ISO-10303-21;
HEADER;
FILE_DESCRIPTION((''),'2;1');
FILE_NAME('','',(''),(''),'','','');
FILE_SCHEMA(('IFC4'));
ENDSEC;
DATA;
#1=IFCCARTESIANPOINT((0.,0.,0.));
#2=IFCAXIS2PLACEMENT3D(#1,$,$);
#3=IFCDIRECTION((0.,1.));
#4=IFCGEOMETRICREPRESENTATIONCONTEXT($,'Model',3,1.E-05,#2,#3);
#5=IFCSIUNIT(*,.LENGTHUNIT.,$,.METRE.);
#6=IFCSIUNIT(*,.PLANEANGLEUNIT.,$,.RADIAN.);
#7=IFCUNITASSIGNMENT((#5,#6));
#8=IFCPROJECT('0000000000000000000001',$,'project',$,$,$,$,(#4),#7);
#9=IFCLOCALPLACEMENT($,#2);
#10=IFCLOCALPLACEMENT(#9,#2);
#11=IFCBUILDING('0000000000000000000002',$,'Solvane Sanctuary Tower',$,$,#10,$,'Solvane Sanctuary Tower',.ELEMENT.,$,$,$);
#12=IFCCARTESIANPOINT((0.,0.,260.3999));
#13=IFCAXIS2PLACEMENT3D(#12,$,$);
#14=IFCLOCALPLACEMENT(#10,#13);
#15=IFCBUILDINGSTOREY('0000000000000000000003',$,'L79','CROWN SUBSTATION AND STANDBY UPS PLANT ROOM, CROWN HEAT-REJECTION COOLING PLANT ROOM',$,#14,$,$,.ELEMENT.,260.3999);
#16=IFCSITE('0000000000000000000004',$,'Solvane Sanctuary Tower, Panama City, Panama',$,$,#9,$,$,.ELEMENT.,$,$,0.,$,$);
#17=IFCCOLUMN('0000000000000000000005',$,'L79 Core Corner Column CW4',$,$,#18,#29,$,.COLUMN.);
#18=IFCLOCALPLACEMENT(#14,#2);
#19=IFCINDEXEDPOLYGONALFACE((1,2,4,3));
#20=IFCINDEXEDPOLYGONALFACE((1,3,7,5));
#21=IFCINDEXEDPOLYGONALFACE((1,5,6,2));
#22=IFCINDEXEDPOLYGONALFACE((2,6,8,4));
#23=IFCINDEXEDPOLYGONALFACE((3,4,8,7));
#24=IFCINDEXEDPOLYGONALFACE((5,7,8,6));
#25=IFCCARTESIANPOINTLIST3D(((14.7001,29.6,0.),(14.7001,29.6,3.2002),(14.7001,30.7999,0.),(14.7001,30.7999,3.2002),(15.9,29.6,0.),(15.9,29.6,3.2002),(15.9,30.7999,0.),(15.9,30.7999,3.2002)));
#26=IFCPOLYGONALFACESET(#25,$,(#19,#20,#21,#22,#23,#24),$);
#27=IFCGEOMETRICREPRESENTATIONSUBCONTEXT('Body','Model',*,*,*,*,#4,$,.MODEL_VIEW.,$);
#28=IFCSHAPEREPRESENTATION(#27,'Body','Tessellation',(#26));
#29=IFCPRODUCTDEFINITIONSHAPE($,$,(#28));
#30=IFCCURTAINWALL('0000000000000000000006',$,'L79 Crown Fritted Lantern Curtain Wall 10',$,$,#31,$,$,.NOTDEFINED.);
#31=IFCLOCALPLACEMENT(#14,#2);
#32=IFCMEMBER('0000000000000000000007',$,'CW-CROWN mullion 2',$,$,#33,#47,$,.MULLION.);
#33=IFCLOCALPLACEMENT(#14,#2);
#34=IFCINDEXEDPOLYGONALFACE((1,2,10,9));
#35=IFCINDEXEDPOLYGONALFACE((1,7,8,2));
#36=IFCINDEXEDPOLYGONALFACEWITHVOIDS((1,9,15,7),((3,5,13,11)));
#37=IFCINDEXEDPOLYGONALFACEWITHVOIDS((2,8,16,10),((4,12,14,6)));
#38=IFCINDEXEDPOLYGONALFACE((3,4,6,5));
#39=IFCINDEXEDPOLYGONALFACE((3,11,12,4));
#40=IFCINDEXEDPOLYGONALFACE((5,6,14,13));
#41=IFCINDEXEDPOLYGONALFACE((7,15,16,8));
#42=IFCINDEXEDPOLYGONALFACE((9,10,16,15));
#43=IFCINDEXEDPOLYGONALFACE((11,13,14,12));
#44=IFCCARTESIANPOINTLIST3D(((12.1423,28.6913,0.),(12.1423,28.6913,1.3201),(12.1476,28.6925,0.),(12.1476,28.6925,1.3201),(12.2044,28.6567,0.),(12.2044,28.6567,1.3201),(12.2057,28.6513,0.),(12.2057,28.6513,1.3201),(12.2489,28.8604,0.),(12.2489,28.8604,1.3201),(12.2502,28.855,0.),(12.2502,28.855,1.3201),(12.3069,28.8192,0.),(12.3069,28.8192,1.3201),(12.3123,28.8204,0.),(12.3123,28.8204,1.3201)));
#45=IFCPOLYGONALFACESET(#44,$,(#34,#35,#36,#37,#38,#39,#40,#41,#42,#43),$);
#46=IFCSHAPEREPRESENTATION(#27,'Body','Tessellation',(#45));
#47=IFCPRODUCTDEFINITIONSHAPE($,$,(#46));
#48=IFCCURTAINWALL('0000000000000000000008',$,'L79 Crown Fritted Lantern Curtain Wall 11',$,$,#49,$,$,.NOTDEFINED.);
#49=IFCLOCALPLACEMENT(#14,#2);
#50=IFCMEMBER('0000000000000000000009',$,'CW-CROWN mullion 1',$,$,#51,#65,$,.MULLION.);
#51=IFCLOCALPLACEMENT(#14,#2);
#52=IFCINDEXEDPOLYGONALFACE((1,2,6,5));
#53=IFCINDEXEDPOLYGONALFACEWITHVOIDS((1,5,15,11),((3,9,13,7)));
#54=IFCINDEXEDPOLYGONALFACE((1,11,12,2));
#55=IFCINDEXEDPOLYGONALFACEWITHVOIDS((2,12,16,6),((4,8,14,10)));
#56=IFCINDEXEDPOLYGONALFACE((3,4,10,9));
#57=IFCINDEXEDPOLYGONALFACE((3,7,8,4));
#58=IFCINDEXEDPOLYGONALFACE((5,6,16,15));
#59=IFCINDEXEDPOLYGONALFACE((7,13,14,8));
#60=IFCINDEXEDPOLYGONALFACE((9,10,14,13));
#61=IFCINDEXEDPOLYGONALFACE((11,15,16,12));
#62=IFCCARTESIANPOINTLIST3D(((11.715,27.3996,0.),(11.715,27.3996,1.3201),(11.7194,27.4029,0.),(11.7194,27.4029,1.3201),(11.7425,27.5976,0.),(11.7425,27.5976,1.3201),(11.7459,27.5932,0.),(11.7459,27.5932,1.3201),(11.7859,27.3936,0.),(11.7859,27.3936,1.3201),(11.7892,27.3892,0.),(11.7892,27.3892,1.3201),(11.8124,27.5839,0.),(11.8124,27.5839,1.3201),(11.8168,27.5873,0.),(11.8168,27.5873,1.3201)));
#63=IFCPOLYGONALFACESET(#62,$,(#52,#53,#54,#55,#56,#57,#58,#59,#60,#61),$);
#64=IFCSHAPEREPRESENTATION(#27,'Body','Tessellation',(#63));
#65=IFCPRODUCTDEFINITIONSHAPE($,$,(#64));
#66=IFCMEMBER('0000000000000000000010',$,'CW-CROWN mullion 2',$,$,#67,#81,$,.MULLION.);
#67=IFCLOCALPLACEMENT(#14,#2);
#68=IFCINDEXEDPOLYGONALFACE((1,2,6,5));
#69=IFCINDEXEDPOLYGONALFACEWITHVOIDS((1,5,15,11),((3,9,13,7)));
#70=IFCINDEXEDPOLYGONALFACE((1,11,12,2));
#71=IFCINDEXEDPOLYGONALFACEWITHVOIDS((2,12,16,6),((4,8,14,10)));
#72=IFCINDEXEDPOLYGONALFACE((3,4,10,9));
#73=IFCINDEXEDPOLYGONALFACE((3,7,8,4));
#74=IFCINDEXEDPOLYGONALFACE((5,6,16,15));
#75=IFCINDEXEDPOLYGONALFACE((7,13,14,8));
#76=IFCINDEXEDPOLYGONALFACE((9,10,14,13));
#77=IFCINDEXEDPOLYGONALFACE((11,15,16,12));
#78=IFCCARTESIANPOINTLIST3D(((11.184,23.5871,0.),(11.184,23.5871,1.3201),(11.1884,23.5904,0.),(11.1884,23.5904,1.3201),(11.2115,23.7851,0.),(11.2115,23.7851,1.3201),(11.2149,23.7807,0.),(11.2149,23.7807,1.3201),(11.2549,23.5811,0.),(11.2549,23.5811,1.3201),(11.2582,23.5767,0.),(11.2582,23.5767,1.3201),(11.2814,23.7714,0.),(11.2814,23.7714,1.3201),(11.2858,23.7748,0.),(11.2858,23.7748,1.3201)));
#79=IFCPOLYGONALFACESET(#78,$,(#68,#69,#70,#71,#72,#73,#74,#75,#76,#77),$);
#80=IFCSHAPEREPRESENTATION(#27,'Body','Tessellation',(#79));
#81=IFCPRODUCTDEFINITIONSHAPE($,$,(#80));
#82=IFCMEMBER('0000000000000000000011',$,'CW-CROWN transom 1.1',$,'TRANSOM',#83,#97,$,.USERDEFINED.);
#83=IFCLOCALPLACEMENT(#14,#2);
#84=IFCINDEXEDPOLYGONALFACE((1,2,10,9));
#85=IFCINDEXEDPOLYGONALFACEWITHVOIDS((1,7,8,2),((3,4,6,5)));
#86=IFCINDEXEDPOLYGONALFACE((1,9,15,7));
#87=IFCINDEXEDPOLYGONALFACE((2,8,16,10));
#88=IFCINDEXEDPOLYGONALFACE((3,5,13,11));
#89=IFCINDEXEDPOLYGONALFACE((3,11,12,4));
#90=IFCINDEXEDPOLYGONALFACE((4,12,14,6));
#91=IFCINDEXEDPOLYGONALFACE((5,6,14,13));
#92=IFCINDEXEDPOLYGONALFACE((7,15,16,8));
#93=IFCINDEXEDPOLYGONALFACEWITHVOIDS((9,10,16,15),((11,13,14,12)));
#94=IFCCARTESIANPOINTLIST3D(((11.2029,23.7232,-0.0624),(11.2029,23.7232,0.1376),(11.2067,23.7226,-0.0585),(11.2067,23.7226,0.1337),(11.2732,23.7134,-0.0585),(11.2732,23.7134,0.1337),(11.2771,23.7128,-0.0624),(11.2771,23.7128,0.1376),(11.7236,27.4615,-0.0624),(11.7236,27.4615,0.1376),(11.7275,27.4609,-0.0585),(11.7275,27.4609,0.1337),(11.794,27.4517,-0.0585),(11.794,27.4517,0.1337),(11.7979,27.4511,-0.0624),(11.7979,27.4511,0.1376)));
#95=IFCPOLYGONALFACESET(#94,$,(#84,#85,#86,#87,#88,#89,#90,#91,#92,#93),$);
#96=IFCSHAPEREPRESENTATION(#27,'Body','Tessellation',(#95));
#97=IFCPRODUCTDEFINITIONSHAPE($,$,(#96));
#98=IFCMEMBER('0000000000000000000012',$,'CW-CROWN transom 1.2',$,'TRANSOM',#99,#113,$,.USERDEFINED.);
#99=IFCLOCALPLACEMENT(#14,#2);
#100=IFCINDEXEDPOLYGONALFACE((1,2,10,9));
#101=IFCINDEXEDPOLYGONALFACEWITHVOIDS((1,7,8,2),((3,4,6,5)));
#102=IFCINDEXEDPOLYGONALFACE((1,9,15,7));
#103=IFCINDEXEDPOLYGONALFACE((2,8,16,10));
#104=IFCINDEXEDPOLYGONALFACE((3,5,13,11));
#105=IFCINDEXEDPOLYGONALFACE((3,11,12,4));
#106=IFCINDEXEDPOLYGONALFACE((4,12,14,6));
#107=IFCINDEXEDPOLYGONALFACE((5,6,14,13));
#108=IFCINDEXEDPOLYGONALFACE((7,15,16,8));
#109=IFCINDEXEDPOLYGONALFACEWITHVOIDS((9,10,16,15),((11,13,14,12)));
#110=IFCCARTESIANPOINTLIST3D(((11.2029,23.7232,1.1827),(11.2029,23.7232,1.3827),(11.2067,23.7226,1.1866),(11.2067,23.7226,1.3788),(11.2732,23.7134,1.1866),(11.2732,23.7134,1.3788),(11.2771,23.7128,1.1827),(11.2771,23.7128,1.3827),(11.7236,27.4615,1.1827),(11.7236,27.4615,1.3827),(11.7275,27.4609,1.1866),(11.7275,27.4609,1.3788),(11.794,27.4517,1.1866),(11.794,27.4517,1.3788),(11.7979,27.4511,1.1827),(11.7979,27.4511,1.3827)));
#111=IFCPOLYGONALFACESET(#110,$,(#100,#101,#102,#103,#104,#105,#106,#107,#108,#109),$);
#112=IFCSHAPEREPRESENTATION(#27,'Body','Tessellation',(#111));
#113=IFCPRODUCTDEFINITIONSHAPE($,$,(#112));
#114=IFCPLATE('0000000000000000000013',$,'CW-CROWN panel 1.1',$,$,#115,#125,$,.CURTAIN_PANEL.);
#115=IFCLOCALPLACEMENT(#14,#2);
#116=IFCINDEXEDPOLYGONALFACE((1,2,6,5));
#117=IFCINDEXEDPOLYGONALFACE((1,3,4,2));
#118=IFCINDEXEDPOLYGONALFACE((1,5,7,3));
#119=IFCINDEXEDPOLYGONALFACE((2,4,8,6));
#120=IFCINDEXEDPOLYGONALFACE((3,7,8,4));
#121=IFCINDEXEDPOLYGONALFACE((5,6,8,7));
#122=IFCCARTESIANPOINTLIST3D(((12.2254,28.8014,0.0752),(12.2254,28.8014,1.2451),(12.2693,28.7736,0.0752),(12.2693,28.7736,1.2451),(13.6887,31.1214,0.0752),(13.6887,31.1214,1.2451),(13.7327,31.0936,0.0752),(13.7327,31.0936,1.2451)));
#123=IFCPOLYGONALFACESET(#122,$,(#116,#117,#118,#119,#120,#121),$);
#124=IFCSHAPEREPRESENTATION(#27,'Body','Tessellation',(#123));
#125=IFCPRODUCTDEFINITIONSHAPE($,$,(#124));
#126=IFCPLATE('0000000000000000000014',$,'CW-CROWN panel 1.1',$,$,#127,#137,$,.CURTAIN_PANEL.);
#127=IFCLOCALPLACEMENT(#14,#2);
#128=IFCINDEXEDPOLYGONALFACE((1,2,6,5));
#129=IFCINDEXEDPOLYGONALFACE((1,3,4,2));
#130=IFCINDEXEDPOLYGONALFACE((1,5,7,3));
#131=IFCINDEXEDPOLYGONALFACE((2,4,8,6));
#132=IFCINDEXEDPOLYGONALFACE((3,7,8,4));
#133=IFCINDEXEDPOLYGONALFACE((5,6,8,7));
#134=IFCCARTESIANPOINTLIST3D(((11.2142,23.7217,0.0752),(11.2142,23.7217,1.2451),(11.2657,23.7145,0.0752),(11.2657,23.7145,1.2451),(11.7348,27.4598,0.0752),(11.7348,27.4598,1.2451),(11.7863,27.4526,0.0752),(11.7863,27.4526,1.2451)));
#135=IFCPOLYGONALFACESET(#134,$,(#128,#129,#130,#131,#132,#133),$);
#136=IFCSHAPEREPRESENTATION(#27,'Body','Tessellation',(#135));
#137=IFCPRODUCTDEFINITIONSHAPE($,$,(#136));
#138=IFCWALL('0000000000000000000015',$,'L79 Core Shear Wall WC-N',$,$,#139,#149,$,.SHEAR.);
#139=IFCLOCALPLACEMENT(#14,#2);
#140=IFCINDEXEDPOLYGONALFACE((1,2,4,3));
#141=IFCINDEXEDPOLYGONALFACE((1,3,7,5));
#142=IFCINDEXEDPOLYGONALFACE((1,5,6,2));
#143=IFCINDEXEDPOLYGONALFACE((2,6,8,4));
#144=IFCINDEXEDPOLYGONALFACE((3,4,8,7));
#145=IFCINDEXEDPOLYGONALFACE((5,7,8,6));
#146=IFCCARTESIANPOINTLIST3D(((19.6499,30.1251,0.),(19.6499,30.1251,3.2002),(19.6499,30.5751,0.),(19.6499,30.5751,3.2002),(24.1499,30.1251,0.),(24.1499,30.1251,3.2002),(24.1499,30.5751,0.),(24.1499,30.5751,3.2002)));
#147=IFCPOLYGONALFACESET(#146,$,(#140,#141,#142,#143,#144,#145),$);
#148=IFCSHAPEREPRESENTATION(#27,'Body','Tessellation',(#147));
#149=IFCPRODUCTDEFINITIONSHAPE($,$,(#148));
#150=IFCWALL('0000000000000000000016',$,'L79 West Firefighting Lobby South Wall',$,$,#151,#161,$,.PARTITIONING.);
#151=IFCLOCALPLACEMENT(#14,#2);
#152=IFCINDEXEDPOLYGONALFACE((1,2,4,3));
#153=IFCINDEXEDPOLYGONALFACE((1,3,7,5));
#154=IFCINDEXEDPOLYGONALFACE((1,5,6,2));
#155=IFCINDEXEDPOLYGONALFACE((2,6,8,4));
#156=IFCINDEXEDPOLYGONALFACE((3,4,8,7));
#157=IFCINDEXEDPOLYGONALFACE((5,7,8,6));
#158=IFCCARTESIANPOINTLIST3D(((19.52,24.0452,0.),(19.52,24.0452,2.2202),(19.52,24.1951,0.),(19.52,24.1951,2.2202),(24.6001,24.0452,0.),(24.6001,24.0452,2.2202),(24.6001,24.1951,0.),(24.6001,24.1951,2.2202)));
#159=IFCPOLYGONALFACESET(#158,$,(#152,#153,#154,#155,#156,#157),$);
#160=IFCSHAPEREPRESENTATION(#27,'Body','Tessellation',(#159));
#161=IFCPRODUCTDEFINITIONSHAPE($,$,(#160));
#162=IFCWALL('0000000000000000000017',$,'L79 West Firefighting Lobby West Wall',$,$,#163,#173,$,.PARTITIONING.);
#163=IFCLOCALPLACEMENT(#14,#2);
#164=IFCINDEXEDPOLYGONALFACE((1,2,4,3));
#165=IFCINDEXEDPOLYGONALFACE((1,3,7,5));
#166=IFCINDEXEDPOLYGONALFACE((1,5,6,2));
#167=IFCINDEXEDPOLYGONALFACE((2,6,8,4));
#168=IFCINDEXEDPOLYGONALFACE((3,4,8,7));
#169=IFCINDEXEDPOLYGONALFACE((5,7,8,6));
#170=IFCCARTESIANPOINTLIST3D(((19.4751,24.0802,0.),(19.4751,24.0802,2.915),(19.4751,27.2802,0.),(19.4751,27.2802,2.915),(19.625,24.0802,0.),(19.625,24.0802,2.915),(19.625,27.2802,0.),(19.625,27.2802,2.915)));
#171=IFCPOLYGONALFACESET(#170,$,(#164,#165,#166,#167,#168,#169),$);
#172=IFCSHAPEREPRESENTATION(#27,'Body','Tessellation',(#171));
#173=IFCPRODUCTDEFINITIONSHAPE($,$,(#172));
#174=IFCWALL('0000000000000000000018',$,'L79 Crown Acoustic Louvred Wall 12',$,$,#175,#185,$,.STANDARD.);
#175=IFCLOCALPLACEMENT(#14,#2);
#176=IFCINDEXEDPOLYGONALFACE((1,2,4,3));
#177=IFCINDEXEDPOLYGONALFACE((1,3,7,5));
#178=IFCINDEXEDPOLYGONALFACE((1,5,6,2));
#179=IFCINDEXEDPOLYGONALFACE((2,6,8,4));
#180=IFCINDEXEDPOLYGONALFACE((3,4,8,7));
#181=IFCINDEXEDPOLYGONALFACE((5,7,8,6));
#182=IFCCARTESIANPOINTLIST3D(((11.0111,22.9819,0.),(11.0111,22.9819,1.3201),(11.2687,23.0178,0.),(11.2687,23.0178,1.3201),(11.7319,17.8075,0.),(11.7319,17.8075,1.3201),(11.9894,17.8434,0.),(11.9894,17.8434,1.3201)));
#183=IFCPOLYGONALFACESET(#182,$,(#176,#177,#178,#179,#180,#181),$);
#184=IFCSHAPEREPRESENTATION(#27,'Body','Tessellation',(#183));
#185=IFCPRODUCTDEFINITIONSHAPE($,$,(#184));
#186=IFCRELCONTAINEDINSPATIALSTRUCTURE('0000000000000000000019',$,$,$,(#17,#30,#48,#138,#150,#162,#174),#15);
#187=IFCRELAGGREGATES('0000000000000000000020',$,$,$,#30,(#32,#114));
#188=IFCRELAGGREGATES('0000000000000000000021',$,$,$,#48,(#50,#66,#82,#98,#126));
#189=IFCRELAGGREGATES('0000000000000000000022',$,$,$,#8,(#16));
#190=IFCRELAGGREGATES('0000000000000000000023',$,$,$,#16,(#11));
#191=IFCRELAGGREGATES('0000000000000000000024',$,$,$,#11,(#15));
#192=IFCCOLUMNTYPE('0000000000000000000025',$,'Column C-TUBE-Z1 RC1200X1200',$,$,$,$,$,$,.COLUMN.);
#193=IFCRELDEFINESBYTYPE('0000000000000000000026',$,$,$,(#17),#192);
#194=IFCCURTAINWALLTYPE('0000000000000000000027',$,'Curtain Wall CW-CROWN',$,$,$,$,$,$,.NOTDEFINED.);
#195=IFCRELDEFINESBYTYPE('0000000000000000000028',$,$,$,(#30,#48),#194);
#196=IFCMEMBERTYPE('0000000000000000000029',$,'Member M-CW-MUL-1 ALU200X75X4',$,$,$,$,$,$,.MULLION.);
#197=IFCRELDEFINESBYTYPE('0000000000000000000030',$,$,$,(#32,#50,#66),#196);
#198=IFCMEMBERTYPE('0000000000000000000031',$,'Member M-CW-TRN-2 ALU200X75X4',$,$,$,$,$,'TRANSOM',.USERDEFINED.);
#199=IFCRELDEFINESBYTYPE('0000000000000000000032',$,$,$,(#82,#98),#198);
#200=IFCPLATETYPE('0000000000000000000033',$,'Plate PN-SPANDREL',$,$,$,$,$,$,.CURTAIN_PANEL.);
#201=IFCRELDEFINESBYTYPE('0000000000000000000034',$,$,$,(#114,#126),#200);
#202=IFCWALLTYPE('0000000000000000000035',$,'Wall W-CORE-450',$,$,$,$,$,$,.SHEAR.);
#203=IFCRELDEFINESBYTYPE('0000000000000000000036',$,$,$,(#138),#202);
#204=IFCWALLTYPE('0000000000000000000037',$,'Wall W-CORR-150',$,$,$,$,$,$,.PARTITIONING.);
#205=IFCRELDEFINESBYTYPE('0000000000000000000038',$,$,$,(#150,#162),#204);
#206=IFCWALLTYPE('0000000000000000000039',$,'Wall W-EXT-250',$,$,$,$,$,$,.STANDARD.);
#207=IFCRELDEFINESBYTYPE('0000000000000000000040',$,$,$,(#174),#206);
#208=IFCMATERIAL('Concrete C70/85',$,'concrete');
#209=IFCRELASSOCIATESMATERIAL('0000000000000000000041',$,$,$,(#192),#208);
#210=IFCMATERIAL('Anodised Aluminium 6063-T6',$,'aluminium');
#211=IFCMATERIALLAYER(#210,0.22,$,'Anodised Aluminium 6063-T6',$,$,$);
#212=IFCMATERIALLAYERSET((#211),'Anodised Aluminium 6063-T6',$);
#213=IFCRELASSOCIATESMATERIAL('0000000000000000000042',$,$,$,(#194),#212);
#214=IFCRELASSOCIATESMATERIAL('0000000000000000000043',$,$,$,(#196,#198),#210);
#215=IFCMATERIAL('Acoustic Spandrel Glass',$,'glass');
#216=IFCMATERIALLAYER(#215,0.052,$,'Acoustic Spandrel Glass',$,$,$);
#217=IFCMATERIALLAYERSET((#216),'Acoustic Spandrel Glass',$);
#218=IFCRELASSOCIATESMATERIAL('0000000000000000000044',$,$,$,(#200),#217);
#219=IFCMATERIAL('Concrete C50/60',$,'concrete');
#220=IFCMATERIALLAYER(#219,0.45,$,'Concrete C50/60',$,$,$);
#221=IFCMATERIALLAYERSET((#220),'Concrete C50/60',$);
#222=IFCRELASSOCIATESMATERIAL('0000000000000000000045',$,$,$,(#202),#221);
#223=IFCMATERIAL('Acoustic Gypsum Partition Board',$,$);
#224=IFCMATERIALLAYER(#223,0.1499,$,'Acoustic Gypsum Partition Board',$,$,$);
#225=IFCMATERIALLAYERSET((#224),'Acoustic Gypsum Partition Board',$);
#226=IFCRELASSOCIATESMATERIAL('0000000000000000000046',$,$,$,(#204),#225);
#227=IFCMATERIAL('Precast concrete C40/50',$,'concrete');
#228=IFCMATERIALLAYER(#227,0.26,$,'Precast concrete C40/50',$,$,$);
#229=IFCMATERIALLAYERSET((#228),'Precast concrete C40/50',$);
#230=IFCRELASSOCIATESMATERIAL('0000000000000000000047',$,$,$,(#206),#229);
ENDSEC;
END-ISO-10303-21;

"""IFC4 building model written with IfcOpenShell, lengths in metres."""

from ifc_helpers import new_model, si_unit, direction, frame, frame_2d, origin, origin_2d, place, context, subcontext, project, spatial, rectangle, hollow_rectangle, extrude, material, layer, layer_set, material_profile, profile_set, type_object, element, aggregate, save


model = new_model("IFC4")

# Units and contexts
model_context = context("Model", 3, precision=1e-05, world=origin(), true_north=direction((0.0, 1.0)))
body_context = subcontext(model_context, "Body", "Model", "MODEL_VIEW")
ifc_project = project(units=[si_unit("LENGTHUNIT", "METRE"), si_unit("PLANEANGLEUNIT", "RADIAN")], contexts=[model_context])

# Site, building, storey
site_placement = place(None, origin())
site = spatial("IfcSite", under=ifc_project, at=site_placement, Name="Solvane Sanctuary Tower, Panama City, Panama", CompositionType="ELEMENT", RefElevation=0.0)
building_placement = place(site_placement, origin())
building = spatial("IfcBuilding", under=site, at=building_placement, Name="Solvane Sanctuary Tower", LongName="Solvane Sanctuary Tower", CompositionType="ELEMENT")
storey_placement = place(building_placement, frame((0.0, 0.0, 260.3999)))
storey = spatial("IfcBuildingStorey", under=building, at=storey_placement, Name="L79", Description="CROWN SUBSTATION AND STANDBY UPS PLANT ROOM, CROWN HEAT-REJECTION COOLING PLANT ROOM", CompositionType="ELEMENT", Elevation=260.3999)

# Column
ifc_material_1 = material(Name="Concrete C70/85", Category="concrete")
ifc_material_profile_1 = material_profile(ifc_material_1, rectangle(XDim=1.2, YDim=1.2, at=origin_2d()), Name="RC1200X1200")
ifc_profile_set_1 = profile_set([ifc_material_profile_1], Name="Concrete C70/85")
column_type = type_object("IfcColumnType", Name="Column C-TUBE-Z1 RC1200X1200", PredefinedType="COLUMN", material=ifc_profile_set_1)
column_placement = place(storey_placement, frame((15.3, 30.2, 0.0), z_axis=(0.0, 0.0, 1.0), x_axis=(1.0, 0.0, 0.0)))
element("IfcColumn", 1, at=column_placement, inside=storey, type_object=column_type, Name="L79 Core Corner Column CW4", PredefinedType="COLUMN", context=body_context, shape_type="SweptSolid", body=[
    extrude(rectangle(XDim=1.2, YDim=1.2, at=origin_2d()), origin(), (0.0, 0.0, 1.0), 3.2002),
])

# Curtain wall, member
ifc_material_2 = material(Name="Anodised Aluminium 6063-T6", Category="aluminium")
ifc_layer_1 = layer(ifc_material_2, 0.22, Name="Anodised Aluminium 6063-T6")
ifc_layer_set_1 = layer_set([ifc_layer_1], Name="Anodised Aluminium 6063-T6")
curtain_wall_type = type_object("IfcCurtainWallType", Name="Curtain Wall CW-CROWN", PredefinedType="NOTDEFINED", material=ifc_layer_set_1)
curtain_wall_1_placement = place(storey_placement, origin())
curtain_wall_1 = element("IfcCurtainWall", 2, at=curtain_wall_1_placement, inside=storey, type_object=curtain_wall_type, Name="L79 Crown Fritted Lantern Curtain Wall 10", PredefinedType="NOTDEFINED")
ifc_material_profile_2 = material_profile(ifc_material_2, hollow_rectangle(XDim=0.075, YDim=0.2, WallThickness=0.0039, at=origin_2d()), Name="ALU200X75X4")
ifc_profile_set_2 = profile_set([ifc_material_profile_2], Name="Anodised Aluminium 6063-T6")
member_type_1 = type_object("IfcMemberType", Name="Member M-CW-MUL-1 ALU200X75X4", PredefinedType="MULLION", material=ifc_profile_set_2)
member_1_placement = place(storey_placement, frame((12.2273, 28.7559, 0.0), z_axis=(0.0, 0.0, 1.0), x_axis=(0.845808, -0.533487, 0.0)))
member_1 = element("IfcMember", 3, at=member_1_placement, type_object=member_type_1, Name="CW-CROWN mullion 2", PredefinedType="MULLION", context=body_context, shape_type="SweptSolid", body=[
    extrude(hollow_rectangle(XDim=0.075, YDim=0.2, WallThickness=0.0039, at=origin_2d()), origin(), (0.0, 0.0, 1.0), 1.3201),
])

# Curtain wall, members
curtain_wall_2_placement = place(storey_placement, origin())
curtain_wall_2 = element("IfcCurtainWall", 4, at=curtain_wall_2_placement, inside=storey, type_object=curtain_wall_type, Name="L79 Crown Fritted Lantern Curtain Wall 11", PredefinedType="NOTDEFINED")
member_2_placement = place(storey_placement, frame((11.7659, 27.4934, 0.0), z_axis=(0.0, 0.0, 1.0), x_axis=(0.990441, -0.137939, 0.0)))
member_2 = element("IfcMember", 5, at=member_2_placement, type_object=member_type_1, Name="CW-CROWN mullion 1", PredefinedType="MULLION", context=body_context, shape_type="SweptSolid", body=[
    extrude(hollow_rectangle(XDim=0.075, YDim=0.2, WallThickness=0.0039, at=origin_2d()), origin(), (0.0, 0.0, 1.0), 1.3201),
])
member_3_placement = place(storey_placement, frame((11.2349, 23.6809, 0.0), z_axis=(0.0, 0.0, 1.0), x_axis=(0.990441, -0.137939, 0.0)))
member_3 = element("IfcMember", 6, at=member_3_placement, type_object=member_type_1, Name="CW-CROWN mullion 2", PredefinedType="MULLION", context=body_context, shape_type="SweptSolid", body=[
    extrude(hollow_rectangle(XDim=0.075, YDim=0.2, WallThickness=0.0039, at=origin_2d()), origin(), (0.0, 0.0, 1.0), 1.3201),
])
ifc_material_profile_3 = material_profile(ifc_material_2, hollow_rectangle(XDim=0.075, YDim=0.2, WallThickness=0.0039, at=origin_2d()), Name="ALU200X75X4")
ifc_profile_set_3 = profile_set([ifc_material_profile_3], Name="Anodised Aluminium 6063-T6")
member_type_2 = type_object("IfcMemberType", Name="Member M-CW-TRN-2 ALU200X75X4", ElementType="TRANSOM", PredefinedType="USERDEFINED", material=ifc_profile_set_3)
member_4_placement = place(storey_placement, frame((11.7607, 27.4563, 0.0376), z_axis=(-0.13797, -0.990436, 0.0), x_axis=(0.990436, -0.13797, 0.0)))
member_4 = element("IfcMember", 7, at=member_4_placement, type_object=member_type_2, Name="CW-CROWN transom 1.1", ObjectType="TRANSOM", PredefinedType="USERDEFINED", context=body_context, shape_type="SweptSolid", body=[
    extrude(hollow_rectangle(XDim=0.075, YDim=0.2, WallThickness=0.0039, at=origin_2d()), origin(), (0.0, 0.0, 1.0), 3.7744),
])
member_5_placement = place(storey_placement, frame((11.7607, 27.4563, 1.2827), z_axis=(-0.13797, -0.990436, 0.0), x_axis=(0.990436, -0.13797, 0.0)))
member_5 = element("IfcMember", 8, at=member_5_placement, type_object=member_type_2, Name="CW-CROWN transom 1.2", ObjectType="TRANSOM", PredefinedType="USERDEFINED", context=body_context, shape_type="SweptSolid", body=[
    extrude(hollow_rectangle(XDim=0.075, YDim=0.2, WallThickness=0.0039, at=origin_2d()), origin(), (0.0, 0.0, 1.0), 3.7744),
])

# Plates
ifc_material_3 = material(Name="Acoustic Spandrel Glass", Category="glass")
ifc_layer_2 = layer(ifc_material_3, 0.052, Name="Acoustic Spandrel Glass")
ifc_layer_set_2 = layer_set([ifc_layer_2], Name="Acoustic Spandrel Glass")
plate_type = type_object("IfcPlateType", Name="Plate PN-SPANDREL", PredefinedType="CURTAIN_PANEL", material=ifc_layer_set_2)
plate_1_placement = place(storey_placement, frame((12.979, 29.9475, 0.0752), z_axis=(0.0, 0.0, 1.0), x_axis=(-0.533487, -0.845808, 0.0)))
plate_1 = element("IfcPlate", 9, at=plate_1_placement, type_object=plate_type, Name="CW-CROWN panel 1.1", PredefinedType="CURTAIN_PANEL", context=body_context, shape_type="SweptSolid", body=[
    extrude(rectangle(XDim=2.7429, YDim=0.052, at=origin_2d()), origin(), (0.0, 0.0, 1.0), 1.1699),
])
aggregate(curtain_wall_1, [member_1, plate_1])
plate_2_placement = place(storey_placement, frame((11.5002, 25.5872, 0.0752), z_axis=(0.0, 0.0, 1.0), x_axis=(-0.137939, -0.990441, 0.0)))
plate_2 = element("IfcPlate", 10, at=plate_2_placement, type_object=plate_type, Name="CW-CROWN panel 1.1", PredefinedType="CURTAIN_PANEL", context=body_context, shape_type="SweptSolid", body=[
    extrude(rectangle(XDim=3.7742, YDim=0.052, at=origin_2d()), origin(), (0.0, 0.0, 1.0), 1.1699),
])
aggregate(curtain_wall_2, [member_2, member_3, member_4, member_5, plate_2])

# Walls
ifc_material_4 = material(Name="Concrete C50/60", Category="concrete")
ifc_layer_3 = layer(ifc_material_4, 0.45, Name="Concrete C50/60")
ifc_layer_set_3 = layer_set([ifc_layer_3], Name="Concrete C50/60")
wall_type_1 = type_object("IfcWallType", Name="Wall W-CORE-450", PredefinedType="SHEAR", material=ifc_layer_set_3)
wall_1_placement = place(storey_placement, frame((19.6499, 30.3501, 0.0), z_axis=(0.0, 0.0, 1.0), x_axis=(1.0, 0.0, 0.0)))
element("IfcWall", 11, at=wall_1_placement, inside=storey, type_object=wall_type_1, Name="L79 Core Shear Wall WC-N", PredefinedType="SHEAR", context=body_context, shape_type="SweptSolid", body=[
    extrude(rectangle(XDim=4.5, YDim=0.45, at=frame_2d((2.25, 0.0))), origin(), (0.0, 0.0, 1.0), 3.2002),
])
ifc_material_5 = material(Name="Acoustic Gypsum Partition Board")
ifc_layer_4 = layer(ifc_material_5, 0.1499, Name="Acoustic Gypsum Partition Board")
ifc_layer_set_4 = layer_set([ifc_layer_4], Name="Acoustic Gypsum Partition Board")
wall_type_2 = type_object("IfcWallType", Name="Wall W-CORR-150", PredefinedType="PARTITIONING", material=ifc_layer_set_4)
wall_2_placement = place(storey_placement, frame((19.52, 24.1201, 0.0), z_axis=(0.0, 0.0, 1.0), x_axis=(1.0, 0.0, 0.0)))
element("IfcWall", 12, at=wall_2_placement, inside=storey, type_object=wall_type_2, Name="L79 West Firefighting Lobby South Wall", PredefinedType="PARTITIONING", context=body_context, shape_type="SweptSolid", body=[
    extrude(rectangle(XDim=5.0801, YDim=0.1499, at=frame_2d((2.54, 0.0))), origin(), (0.0, 0.0, 1.0), 2.2202),
])
wall_3_placement = place(storey_placement, frame((19.55, 24.0801, 0.0), z_axis=(0.0, 0.0, 1.0), x_axis=(0.0, 1.0, 0.0)))
element("IfcWall", 13, at=wall_3_placement, inside=storey, type_object=wall_type_2, Name="L79 West Firefighting Lobby West Wall", PredefinedType="PARTITIONING", context=body_context, shape_type="SweptSolid", body=[
    extrude(rectangle(XDim=3.2, YDim=0.1499, at=frame_2d((1.6001, 0.0))), origin(), (0.0, 0.0, 1.0), 2.915),
])
ifc_material_6 = material(Name="Precast concrete C40/50", Category="concrete")
ifc_layer_5 = layer(ifc_material_6, 0.26, Name="Precast concrete C40/50")
ifc_layer_set_5 = layer_set([ifc_layer_5], Name="Precast concrete C40/50")
wall_type_3 = type_object("IfcWallType", Name="Wall W-EXT-250", PredefinedType="STANDARD", material=ifc_layer_set_5)
wall_4_placement = place(storey_placement, frame((11.1399, 23.0, 0.0), z_axis=(0.0, 0.0, 1.0), x_axis=(0.137953, -0.990439, 0.0)))
element("IfcWall", 14, at=wall_4_placement, inside=storey, type_object=wall_type_3, Name="L79 Crown Acoustic Louvred Wall 12", PredefinedType="STANDARD", context=body_context, shape_type="SweptSolid", body=[
    extrude(rectangle(XDim=5.2244, YDim=0.26, at=frame_2d((2.6123, 0.0))), origin(), (0.0, 0.0, 1.0), 1.3201),
])

save(model, "model.ifc")
